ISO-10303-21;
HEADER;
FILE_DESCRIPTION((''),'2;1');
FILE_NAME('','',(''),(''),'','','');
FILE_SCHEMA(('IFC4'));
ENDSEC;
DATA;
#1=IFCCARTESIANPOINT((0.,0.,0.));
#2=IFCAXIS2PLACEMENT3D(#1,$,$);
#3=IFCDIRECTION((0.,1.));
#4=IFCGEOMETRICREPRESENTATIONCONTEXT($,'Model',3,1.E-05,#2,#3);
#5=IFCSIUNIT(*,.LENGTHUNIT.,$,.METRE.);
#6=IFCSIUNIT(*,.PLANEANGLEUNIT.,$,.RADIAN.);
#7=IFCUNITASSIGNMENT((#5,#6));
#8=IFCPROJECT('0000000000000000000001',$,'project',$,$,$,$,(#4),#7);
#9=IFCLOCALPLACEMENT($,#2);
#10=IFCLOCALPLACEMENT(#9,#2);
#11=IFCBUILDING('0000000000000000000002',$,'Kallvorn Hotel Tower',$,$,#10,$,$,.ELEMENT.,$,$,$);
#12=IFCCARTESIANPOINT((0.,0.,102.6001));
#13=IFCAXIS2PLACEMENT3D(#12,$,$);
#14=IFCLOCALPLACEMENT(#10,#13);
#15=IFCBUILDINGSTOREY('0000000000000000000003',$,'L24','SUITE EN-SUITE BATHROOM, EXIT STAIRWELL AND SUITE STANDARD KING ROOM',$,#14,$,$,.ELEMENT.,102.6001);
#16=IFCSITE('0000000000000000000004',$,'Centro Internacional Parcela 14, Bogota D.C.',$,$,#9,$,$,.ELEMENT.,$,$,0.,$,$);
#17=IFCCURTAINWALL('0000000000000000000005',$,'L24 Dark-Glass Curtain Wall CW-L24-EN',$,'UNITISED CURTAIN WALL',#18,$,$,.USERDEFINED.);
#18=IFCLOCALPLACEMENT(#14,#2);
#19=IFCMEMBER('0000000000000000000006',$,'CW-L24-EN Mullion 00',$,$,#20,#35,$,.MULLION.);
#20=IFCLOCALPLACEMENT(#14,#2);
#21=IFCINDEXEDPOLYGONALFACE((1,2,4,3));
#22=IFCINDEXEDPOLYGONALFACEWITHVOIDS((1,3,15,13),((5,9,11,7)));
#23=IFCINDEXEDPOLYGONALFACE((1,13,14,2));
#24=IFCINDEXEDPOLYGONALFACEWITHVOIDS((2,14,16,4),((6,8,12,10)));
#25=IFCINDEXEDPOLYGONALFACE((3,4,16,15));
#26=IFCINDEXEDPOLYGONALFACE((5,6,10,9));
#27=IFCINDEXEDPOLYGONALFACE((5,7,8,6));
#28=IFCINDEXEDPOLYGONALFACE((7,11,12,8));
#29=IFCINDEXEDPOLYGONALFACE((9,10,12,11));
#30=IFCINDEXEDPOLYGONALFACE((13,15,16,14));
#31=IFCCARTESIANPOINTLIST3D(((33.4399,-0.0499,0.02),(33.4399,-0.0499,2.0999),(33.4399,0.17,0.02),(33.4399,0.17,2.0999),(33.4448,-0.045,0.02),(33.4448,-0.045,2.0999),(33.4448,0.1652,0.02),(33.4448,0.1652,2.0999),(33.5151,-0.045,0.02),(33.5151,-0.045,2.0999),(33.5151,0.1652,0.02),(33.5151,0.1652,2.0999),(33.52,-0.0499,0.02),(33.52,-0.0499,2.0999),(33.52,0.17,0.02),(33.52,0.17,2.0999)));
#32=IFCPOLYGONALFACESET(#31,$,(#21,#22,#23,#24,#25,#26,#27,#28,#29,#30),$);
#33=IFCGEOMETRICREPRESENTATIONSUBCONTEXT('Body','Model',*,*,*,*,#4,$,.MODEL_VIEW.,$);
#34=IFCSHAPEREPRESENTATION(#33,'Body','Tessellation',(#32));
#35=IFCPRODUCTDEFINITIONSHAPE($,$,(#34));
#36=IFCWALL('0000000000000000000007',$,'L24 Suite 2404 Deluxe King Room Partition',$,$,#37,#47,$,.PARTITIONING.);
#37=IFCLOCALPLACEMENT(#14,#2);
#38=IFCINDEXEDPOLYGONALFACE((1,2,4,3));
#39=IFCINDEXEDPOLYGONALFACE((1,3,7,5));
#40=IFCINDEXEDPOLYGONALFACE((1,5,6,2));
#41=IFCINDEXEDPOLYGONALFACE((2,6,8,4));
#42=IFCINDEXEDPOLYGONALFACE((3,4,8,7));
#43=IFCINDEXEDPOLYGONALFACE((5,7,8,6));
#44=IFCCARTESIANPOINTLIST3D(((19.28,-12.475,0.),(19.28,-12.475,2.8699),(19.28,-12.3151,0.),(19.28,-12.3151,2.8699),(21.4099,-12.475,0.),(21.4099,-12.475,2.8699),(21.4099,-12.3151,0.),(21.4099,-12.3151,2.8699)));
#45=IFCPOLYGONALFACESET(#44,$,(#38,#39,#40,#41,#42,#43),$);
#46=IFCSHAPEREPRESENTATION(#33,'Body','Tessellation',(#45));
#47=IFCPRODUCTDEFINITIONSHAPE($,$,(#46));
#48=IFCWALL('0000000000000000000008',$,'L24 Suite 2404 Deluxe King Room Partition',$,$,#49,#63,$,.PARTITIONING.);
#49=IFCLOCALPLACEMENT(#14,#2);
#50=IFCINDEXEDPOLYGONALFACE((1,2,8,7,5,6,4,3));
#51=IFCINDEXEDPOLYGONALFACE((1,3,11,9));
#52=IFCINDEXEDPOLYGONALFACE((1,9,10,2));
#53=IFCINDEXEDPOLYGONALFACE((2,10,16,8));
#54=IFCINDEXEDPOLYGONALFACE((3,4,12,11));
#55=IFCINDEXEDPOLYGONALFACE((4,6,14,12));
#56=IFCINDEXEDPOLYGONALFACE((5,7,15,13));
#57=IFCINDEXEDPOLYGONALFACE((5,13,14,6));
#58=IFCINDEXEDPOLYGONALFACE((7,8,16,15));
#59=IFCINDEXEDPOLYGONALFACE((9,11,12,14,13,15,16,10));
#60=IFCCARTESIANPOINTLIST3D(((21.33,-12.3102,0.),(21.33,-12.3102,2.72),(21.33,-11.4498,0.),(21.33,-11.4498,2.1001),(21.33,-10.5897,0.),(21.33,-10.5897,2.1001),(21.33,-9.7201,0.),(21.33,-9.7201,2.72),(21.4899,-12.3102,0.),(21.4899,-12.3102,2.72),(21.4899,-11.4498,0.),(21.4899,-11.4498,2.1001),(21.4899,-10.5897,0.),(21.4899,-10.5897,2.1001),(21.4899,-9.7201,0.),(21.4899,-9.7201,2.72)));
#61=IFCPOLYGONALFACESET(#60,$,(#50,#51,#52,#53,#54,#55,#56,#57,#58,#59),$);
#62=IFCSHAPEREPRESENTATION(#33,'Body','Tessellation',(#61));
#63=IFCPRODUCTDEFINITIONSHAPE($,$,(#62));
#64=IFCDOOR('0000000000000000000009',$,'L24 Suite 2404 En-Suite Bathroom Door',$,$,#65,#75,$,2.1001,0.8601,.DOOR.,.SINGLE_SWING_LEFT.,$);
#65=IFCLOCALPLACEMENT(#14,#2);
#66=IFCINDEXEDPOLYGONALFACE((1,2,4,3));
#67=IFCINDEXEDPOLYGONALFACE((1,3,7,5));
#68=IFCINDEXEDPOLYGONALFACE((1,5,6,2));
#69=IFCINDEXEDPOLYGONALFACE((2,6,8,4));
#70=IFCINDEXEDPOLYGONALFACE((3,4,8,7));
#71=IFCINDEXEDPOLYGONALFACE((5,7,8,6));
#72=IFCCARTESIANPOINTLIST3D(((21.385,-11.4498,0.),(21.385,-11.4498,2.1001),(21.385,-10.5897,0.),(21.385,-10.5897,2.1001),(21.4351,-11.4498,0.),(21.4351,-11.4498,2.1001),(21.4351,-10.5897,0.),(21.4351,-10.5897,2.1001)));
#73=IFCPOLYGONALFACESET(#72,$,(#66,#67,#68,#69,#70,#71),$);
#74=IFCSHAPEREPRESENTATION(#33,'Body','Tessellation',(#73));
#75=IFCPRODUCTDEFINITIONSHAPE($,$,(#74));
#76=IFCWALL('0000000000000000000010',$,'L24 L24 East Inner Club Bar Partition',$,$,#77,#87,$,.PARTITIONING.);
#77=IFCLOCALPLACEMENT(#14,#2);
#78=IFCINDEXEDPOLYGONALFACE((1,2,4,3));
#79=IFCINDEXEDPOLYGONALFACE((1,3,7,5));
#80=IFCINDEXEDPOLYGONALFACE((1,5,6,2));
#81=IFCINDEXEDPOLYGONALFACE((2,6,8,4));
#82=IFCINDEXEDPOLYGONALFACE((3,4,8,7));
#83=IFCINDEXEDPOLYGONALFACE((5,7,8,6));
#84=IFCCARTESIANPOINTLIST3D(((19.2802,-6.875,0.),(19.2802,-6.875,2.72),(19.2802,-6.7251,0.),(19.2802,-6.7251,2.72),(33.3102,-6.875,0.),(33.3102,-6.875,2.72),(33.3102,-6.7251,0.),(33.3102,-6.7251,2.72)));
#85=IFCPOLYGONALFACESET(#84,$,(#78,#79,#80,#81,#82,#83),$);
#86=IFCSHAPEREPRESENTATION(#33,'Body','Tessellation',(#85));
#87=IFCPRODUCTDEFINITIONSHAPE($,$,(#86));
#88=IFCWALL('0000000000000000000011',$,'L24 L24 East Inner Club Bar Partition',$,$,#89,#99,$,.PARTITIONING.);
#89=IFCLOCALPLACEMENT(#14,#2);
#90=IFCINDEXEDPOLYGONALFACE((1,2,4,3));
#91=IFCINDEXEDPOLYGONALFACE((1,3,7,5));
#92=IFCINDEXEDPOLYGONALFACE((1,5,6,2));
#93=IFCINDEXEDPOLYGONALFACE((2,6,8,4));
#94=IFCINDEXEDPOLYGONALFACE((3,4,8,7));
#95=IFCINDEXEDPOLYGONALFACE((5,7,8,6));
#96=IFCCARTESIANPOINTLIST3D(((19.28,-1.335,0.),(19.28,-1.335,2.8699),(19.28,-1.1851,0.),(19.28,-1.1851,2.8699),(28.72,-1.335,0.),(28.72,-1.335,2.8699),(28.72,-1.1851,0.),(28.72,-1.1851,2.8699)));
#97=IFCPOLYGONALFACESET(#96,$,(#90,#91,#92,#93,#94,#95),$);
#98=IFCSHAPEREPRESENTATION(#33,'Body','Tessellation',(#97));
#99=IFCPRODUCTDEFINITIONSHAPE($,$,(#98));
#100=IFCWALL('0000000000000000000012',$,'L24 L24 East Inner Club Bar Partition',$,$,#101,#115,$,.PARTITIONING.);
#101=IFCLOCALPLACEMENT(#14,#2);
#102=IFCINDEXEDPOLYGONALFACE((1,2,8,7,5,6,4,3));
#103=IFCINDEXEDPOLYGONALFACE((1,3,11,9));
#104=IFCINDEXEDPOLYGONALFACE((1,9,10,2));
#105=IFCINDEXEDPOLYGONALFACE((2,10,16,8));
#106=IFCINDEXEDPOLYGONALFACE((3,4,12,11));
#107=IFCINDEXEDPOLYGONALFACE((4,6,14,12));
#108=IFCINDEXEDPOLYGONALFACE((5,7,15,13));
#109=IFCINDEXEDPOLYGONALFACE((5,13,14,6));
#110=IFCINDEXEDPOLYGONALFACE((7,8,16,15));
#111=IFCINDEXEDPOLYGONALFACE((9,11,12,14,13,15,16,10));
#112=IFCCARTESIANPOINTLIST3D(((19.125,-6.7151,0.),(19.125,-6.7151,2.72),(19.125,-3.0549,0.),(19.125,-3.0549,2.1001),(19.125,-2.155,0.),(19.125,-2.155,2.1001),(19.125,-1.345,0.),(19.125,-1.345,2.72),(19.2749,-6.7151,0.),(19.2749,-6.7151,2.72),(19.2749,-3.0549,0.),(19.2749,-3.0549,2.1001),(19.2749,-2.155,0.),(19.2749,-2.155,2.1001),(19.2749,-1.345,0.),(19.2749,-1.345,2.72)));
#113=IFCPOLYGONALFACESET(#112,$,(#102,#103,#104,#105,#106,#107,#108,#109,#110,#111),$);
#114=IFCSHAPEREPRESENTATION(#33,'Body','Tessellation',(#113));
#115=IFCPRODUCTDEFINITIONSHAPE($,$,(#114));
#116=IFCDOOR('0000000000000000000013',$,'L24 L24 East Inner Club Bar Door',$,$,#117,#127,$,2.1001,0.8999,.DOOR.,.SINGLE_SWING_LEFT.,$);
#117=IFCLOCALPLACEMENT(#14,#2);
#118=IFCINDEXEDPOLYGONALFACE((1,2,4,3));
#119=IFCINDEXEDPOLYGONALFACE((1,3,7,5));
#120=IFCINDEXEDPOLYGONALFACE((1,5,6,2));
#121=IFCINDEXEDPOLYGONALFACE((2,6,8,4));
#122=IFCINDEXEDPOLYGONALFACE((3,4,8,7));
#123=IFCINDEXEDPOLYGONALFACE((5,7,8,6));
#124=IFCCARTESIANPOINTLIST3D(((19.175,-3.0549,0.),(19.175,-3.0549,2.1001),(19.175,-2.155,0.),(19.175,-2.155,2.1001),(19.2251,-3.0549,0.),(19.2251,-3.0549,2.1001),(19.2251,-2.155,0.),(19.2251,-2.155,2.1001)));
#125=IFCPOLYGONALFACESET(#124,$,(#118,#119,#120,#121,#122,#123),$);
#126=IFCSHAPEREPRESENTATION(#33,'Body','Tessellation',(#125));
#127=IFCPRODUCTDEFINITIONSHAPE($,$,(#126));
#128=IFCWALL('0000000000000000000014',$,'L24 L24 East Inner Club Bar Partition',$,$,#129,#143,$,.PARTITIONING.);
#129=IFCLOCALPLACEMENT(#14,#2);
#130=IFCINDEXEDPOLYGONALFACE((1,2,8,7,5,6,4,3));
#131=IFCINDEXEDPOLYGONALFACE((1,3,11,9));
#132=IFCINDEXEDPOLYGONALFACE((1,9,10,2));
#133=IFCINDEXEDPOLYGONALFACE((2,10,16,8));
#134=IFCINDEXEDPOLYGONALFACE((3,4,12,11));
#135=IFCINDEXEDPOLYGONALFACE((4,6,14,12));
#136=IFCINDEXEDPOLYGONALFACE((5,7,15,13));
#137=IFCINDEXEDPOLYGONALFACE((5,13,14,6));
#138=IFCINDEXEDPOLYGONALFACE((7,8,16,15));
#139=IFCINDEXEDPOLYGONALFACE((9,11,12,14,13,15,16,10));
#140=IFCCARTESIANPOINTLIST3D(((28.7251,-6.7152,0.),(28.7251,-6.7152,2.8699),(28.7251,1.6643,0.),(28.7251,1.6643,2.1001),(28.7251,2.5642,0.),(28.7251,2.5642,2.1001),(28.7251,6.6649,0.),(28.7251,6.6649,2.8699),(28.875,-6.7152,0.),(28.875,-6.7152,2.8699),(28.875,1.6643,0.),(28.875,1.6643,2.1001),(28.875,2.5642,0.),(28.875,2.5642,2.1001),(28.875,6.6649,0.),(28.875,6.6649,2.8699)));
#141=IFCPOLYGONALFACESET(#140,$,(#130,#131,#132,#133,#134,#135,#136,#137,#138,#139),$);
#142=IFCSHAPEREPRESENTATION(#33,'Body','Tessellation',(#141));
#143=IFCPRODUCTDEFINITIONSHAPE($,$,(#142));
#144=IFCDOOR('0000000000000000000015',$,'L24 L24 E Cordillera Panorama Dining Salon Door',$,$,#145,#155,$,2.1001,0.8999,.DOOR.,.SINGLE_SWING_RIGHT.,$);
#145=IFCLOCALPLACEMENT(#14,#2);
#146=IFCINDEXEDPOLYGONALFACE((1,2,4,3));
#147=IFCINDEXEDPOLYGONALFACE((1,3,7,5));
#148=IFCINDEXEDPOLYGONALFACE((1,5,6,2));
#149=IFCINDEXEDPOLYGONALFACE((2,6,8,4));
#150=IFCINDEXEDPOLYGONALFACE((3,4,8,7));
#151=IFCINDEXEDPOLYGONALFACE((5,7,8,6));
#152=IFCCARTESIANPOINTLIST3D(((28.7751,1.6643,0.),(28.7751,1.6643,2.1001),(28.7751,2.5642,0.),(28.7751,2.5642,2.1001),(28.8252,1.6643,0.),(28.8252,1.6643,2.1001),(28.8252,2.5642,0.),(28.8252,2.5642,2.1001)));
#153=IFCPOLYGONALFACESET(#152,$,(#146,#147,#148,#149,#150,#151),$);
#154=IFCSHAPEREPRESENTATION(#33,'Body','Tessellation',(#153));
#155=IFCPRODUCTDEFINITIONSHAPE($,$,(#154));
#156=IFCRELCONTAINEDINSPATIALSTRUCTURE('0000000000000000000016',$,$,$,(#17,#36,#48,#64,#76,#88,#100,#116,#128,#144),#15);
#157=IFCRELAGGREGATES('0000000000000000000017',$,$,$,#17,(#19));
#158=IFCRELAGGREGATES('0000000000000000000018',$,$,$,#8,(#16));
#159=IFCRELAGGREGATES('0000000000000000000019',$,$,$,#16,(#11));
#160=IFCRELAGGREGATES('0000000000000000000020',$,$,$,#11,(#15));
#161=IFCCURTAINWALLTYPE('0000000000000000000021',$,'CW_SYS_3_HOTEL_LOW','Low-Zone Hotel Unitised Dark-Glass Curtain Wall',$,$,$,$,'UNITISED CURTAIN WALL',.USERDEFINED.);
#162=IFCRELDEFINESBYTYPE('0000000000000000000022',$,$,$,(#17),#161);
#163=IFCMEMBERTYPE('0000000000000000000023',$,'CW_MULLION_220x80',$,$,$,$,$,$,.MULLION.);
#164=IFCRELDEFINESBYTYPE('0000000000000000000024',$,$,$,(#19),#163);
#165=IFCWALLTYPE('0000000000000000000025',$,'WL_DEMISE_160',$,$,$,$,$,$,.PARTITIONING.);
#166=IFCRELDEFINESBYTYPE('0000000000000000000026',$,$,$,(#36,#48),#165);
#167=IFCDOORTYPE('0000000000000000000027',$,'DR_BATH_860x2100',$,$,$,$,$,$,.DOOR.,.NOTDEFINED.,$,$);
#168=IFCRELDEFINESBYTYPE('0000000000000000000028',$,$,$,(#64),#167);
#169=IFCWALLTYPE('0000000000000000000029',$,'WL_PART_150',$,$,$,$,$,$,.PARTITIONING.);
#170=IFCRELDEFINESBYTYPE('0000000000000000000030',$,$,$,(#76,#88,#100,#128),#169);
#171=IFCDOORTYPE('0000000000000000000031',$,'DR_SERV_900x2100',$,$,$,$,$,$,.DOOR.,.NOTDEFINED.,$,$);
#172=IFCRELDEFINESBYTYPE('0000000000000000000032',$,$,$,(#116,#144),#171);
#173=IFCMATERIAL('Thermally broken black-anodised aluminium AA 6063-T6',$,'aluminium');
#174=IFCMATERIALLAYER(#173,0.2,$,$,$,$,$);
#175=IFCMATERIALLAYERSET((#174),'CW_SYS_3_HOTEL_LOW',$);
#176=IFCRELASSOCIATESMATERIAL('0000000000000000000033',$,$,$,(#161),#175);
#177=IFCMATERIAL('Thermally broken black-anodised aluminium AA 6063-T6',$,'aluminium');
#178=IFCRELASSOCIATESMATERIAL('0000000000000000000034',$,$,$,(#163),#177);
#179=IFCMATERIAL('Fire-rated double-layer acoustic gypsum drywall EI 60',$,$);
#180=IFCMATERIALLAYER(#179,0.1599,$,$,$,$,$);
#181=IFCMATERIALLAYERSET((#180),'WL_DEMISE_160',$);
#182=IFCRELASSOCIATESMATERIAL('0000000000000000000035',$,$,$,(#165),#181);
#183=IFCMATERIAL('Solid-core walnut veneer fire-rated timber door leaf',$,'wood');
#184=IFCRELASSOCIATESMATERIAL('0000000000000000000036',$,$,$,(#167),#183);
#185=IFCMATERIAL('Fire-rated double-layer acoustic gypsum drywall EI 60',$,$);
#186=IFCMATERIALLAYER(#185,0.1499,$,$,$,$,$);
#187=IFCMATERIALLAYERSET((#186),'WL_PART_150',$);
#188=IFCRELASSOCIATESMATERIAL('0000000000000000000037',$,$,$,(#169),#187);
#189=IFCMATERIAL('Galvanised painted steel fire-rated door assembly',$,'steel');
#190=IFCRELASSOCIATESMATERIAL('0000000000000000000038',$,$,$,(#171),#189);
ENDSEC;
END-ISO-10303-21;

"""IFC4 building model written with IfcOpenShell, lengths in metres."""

from ifc_helpers import new_model, si_unit, direction, frame, frame_2d, origin, origin_2d, place, context, subcontext, project, spatial, rectangle, hollow_rectangle, extrude, material, layer, layer_set, material_profile, profile_set, type_object, element, fill, aggregate, save


model = new_model("IFC4")

# Units and contexts
model_context = context("Model", 3, precision=1e-05, world=origin(), true_north=direction((0.0, 1.0)))
body_context = subcontext(model_context, "Body", "Model", "MODEL_VIEW")
ifc_project = project(units=[si_unit("LENGTHUNIT", "METRE"), si_unit("PLANEANGLEUNIT", "RADIAN")], contexts=[model_context])

# Site, building, storey
site_placement = place(None, origin())
site = spatial("IfcSite", under=ifc_project, at=site_placement, Name="Centro Internacional Parcela 14, Bogota D.C.", CompositionType="ELEMENT", RefElevation=0.0)
building_placement = place(site_placement, origin())
building = spatial("IfcBuilding", under=site, at=building_placement, Name="Kallvorn Hotel Tower", CompositionType="ELEMENT")
storey_placement = place(building_placement, frame((0.0, 0.0, 102.6001)))
storey = spatial("IfcBuildingStorey", under=building, at=storey_placement, Name="L24", Description="SUITE EN-SUITE BATHROOM, EXIT STAIRWELL AND SUITE STANDARD KING ROOM", CompositionType="ELEMENT", Elevation=102.6001)

# Curtain wall, member
ifc_material_1 = material(Name="Thermally broken black-anodised aluminium AA 6063-T6", Category="aluminium")
ifc_layer_1 = layer(ifc_material_1, 0.2)
ifc_layer_set_1 = layer_set([ifc_layer_1], Name="CW_SYS_3_HOTEL_LOW")
curtain_wall_type = type_object("IfcCurtainWallType", Name="CW_SYS_3_HOTEL_LOW", Description="Low-Zone Hotel Unitised Dark-Glass Curtain Wall", ElementType="UNITISED CURTAIN WALL", PredefinedType="USERDEFINED", material=ifc_layer_set_1)
curtain_wall_placement = place(storey_placement, origin())
curtain_wall = element("IfcCurtainWall", 1, at=curtain_wall_placement, inside=storey, type_object=curtain_wall_type, Name="L24 Dark-Glass Curtain Wall CW-L24-EN", ObjectType="UNITISED CURTAIN WALL", PredefinedType="USERDEFINED")
ifc_material_2 = material(Name="Thermally broken black-anodised aluminium AA 6063-T6", Category="aluminium")
ifc_material_profile_1 = material_profile(ifc_material_2, hollow_rectangle(XDim=0.0801, YDim=0.22, WallThickness=0.0049, at=origin_2d()), Name="MUL 220x80")
ifc_profile_set_1 = profile_set([ifc_material_profile_1], Name="Thermally broken black-anodised aluminium AA 6063-T6")
member_type = type_object("IfcMemberType", Name="CW_MULLION_220x80", PredefinedType="MULLION", material=ifc_profile_set_1)
member_placement = place(storey_placement, frame((33.48, 0.0601, 0.02), z_axis=(0.0, 0.0, 1.0), x_axis=(1.0, 0.0, 0.0)))
member = element("IfcMember", 2, at=member_placement, type_object=member_type, Name="CW-L24-EN Mullion 00", PredefinedType="MULLION", context=body_context, shape_type="SweptSolid", body=[
    extrude(hollow_rectangle(XDim=0.0801, YDim=0.22, WallThickness=0.0049, at=origin_2d()), origin(), (0.0, 0.0, 1.0), 2.0798),
])
aggregate(curtain_wall, [member])

# Wall
ifc_material_3 = material(Name="Fire-rated double-layer acoustic gypsum drywall EI 60")
ifc_layer_2 = layer(ifc_material_3, 0.1599)
ifc_layer_set_2 = layer_set([ifc_layer_2], Name="WL_DEMISE_160")
wall_type_1 = type_object("IfcWallType", Name="WL_DEMISE_160", PredefinedType="PARTITIONING", material=ifc_layer_set_2)
wall_1_placement = place(storey_placement, frame((19.28, -12.395, 0.0), z_axis=(0.0, 0.0, 1.0), x_axis=(1.0, 0.0, 0.0)))
element("IfcWall", 3, at=wall_1_placement, inside=storey, type_object=wall_type_1, Name="L24 Suite 2404 Deluxe King Room Partition", PredefinedType="PARTITIONING", context=body_context, shape_type="SweptSolid", body=[
    extrude(rectangle(XDim=2.1299, YDim=0.1599, at=frame_2d((1.0649, 0.0))), origin(), (0.0, 0.0, 1.0), 2.8699),
])

# Wall, opening, door
wall_2_placement = place(storey_placement, frame((21.4099, -12.3101, 0.0), z_axis=(0.0, 0.0, 1.0), x_axis=(0.0, 1.0, 0.0)))
wall_2 = element("IfcWall", 4, at=wall_2_placement, inside=storey, type_object=wall_type_1, Name="L24 Suite 2404 Deluxe King Room Partition", PredefinedType="PARTITIONING", context=body_context, shape_type="SweptSolid", body=[
    extrude(rectangle(XDim=2.5901, YDim=0.1599, at=frame_2d((1.2949, 0.0))), origin(), (0.0, 0.0, 1.0), 2.72),
])
opening_1_placement = place(wall_2_placement, frame((0.8601, 0.0, 0.0)))
opening_1 = element("IfcOpeningElement", 5, at=opening_1_placement, cuts=wall_2, PredefinedType="OPENING", context=body_context, shape_type="SweptSolid", body=[
    extrude(rectangle(XDim=0.8601, YDim=2.1001, at=frame_2d((0.4302, 1.05))), frame((0.0, 0.095, 0.0), z_axis=(0.0, -1.0, 0.0), x_axis=(1.0, 0.0, 0.0)), (0.0, 0.0, 1.0), 0.1899),
])
ifc_material_4 = material(Name="Solid-core walnut veneer fire-rated timber door leaf", Category="wood")
door_type_1 = type_object("IfcDoorType", Name="DR_BATH_860x2100", OperationType="NOTDEFINED", PredefinedType="DOOR", material=ifc_material_4)
door_1_placement = place(opening_1_placement, origin())
door_1 = element("IfcDoor", 6, at=door_1_placement, inside=storey, type_object=door_type_1, Name="L24 Suite 2404 En-Suite Bathroom Door", OperationType="SINGLE_SWING_LEFT", OverallHeight=2.1001, OverallWidth=0.8601, PredefinedType="DOOR", context=body_context, shape_type="SweptSolid", body=[
    extrude(rectangle(XDim=0.8601, YDim=2.1001, at=frame_2d((0.4302, 1.05))), frame((0.0, 0.0249, 0.0), z_axis=(0.0, -1.0, 0.0), x_axis=(1.0, 0.0, 0.0)), (0.0, 0.0, 1.0), 0.05),
])
fill(opening_1, door_1)

# Walls
ifc_material_5 = material(Name="Fire-rated double-layer acoustic gypsum drywall EI 60")
ifc_layer_3 = layer(ifc_material_5, 0.1499)
ifc_layer_set_3 = layer_set([ifc_layer_3], Name="WL_PART_150")
wall_type_2 = type_object("IfcWallType", Name="WL_PART_150", PredefinedType="PARTITIONING", material=ifc_layer_set_3)
wall_3_placement = place(storey_placement, frame((19.28, -6.8, 0.0), z_axis=(0.0, 0.0, 1.0), x_axis=(1.0, 0.0, 0.0)))
element("IfcWall", 7, at=wall_3_placement, inside=storey, type_object=wall_type_2, Name="L24 L24 East Inner Club Bar Partition", PredefinedType="PARTITIONING", context=body_context, shape_type="SweptSolid", body=[
    extrude(rectangle(XDim=14.03, YDim=0.1499, at=frame_2d((7.0151, 0.0))), origin(), (0.0, 0.0, 1.0), 2.72),
])
wall_4_placement = place(storey_placement, frame((19.28, -1.26, 0.0), z_axis=(0.0, 0.0, 1.0), x_axis=(1.0, 0.0, 0.0)))
element("IfcWall", 8, at=wall_4_placement, inside=storey, type_object=wall_type_2, Name="L24 L24 East Inner Club Bar Partition", PredefinedType="PARTITIONING", context=body_context, shape_type="SweptSolid", body=[
    extrude(rectangle(XDim=9.4399, YDim=0.1499, at=frame_2d((4.72, 0.0))), origin(), (0.0, 0.0, 1.0), 2.8699),
])

# Walls, openings, doors
wall_5_placement = place(storey_placement, frame((19.2, -6.7151, 0.0), z_axis=(0.0, 0.0, 1.0), x_axis=(0.0, 1.0, 0.0)))
wall_5 = element("IfcWall", 9, at=wall_5_placement, inside=storey, type_object=wall_type_2, Name="L24 L24 East Inner Club Bar Partition", PredefinedType="PARTITIONING", context=body_context, shape_type="SweptSolid", body=[
    extrude(rectangle(XDim=5.3701, YDim=0.1499, at=frame_2d((2.6851, 0.0))), origin(), (0.0, 0.0, 1.0), 2.72),
])
opening_2_placement = place(wall_5_placement, frame((3.6602, 0.0, 0.0)))
opening_2 = element("IfcOpeningElement", 10, at=opening_2_placement, cuts=wall_5, PredefinedType="OPENING", context=body_context, shape_type="SweptSolid", body=[
    extrude(rectangle(XDim=0.8999, YDim=2.1001, at=frame_2d((0.45, 1.05))), frame((0.0, 0.0898, 0.0), z_axis=(0.0, -1.0, 0.0), x_axis=(1.0, 0.0, 0.0)), (0.0, 0.0, 1.0), 0.1799),
])
ifc_material_6 = material(Name="Galvanised painted steel fire-rated door assembly", Category="steel")
door_type_2 = type_object("IfcDoorType", Name="DR_SERV_900x2100", OperationType="NOTDEFINED", PredefinedType="DOOR", material=ifc_material_6)
door_2_placement = place(opening_2_placement, origin())
door_2 = element("IfcDoor", 11, at=door_2_placement, inside=storey, type_object=door_type_2, Name="L24 L24 East Inner Club Bar Door", OperationType="SINGLE_SWING_LEFT", OverallHeight=2.1001, OverallWidth=0.8999, PredefinedType="DOOR", context=body_context, shape_type="SweptSolid", body=[
    extrude(rectangle(XDim=0.8999, YDim=2.1001, at=frame_2d((0.45, 1.05))), frame((0.0, 0.0249, 0.0), z_axis=(0.0, -1.0, 0.0), x_axis=(1.0, 0.0, 0.0)), (0.0, 0.0, 1.0), 0.05),
])
fill(opening_2, door_2)
wall_6_placement = place(storey_placement, frame((28.8, -6.7151, 0.0), z_axis=(0.0, 0.0, 1.0), x_axis=(0.0, 1.0, 0.0)))
wall_6 = element("IfcWall", 12, at=wall_6_placement, inside=storey, type_object=wall_type_2, Name="L24 L24 East Inner Club Bar Partition", PredefinedType="PARTITIONING", context=body_context, shape_type="SweptSolid", body=[
    extrude(rectangle(XDim=13.3801, YDim=0.1499, at=frame_2d((6.6899, 0.0))), origin(), (0.0, 0.0, 1.0), 2.8699),
])
opening_3_placement = place(wall_6_placement, frame((8.3794, 0.0, 0.0)))
opening_3 = element("IfcOpeningElement", 13, at=opening_3_placement, cuts=wall_6, PredefinedType="OPENING", context=body_context, shape_type="SweptSolid", body=[
    extrude(rectangle(XDim=0.8999, YDim=2.1001, at=frame_2d((0.45, 1.05))), frame((0.0, 0.0898, 0.0), z_axis=(0.0, -1.0, 0.0), x_axis=(1.0, 0.0, 0.0)), (0.0, 0.0, 1.0), 0.1799),
])
door_3_placement = place(opening_3_placement, origin())
door_3 = element("IfcDoor", 14, at=door_3_placement, inside=storey, type_object=door_type_2, Name="L24 L24 E Cordillera Panorama Dining Salon Door", OperationType="SINGLE_SWING_RIGHT", OverallHeight=2.1001, OverallWidth=0.8999, PredefinedType="DOOR", context=body_context, shape_type="SweptSolid", body=[
    extrude(rectangle(XDim=0.8999, YDim=2.1001, at=frame_2d((0.45, 1.05))), frame((0.0, 0.0249, 0.0), z_axis=(0.0, -1.0, 0.0), x_axis=(1.0, 0.0, 0.0)), (0.0, 0.0, 1.0), 0.05),
])
fill(opening_3, door_3)

save(model, "model.ifc")
